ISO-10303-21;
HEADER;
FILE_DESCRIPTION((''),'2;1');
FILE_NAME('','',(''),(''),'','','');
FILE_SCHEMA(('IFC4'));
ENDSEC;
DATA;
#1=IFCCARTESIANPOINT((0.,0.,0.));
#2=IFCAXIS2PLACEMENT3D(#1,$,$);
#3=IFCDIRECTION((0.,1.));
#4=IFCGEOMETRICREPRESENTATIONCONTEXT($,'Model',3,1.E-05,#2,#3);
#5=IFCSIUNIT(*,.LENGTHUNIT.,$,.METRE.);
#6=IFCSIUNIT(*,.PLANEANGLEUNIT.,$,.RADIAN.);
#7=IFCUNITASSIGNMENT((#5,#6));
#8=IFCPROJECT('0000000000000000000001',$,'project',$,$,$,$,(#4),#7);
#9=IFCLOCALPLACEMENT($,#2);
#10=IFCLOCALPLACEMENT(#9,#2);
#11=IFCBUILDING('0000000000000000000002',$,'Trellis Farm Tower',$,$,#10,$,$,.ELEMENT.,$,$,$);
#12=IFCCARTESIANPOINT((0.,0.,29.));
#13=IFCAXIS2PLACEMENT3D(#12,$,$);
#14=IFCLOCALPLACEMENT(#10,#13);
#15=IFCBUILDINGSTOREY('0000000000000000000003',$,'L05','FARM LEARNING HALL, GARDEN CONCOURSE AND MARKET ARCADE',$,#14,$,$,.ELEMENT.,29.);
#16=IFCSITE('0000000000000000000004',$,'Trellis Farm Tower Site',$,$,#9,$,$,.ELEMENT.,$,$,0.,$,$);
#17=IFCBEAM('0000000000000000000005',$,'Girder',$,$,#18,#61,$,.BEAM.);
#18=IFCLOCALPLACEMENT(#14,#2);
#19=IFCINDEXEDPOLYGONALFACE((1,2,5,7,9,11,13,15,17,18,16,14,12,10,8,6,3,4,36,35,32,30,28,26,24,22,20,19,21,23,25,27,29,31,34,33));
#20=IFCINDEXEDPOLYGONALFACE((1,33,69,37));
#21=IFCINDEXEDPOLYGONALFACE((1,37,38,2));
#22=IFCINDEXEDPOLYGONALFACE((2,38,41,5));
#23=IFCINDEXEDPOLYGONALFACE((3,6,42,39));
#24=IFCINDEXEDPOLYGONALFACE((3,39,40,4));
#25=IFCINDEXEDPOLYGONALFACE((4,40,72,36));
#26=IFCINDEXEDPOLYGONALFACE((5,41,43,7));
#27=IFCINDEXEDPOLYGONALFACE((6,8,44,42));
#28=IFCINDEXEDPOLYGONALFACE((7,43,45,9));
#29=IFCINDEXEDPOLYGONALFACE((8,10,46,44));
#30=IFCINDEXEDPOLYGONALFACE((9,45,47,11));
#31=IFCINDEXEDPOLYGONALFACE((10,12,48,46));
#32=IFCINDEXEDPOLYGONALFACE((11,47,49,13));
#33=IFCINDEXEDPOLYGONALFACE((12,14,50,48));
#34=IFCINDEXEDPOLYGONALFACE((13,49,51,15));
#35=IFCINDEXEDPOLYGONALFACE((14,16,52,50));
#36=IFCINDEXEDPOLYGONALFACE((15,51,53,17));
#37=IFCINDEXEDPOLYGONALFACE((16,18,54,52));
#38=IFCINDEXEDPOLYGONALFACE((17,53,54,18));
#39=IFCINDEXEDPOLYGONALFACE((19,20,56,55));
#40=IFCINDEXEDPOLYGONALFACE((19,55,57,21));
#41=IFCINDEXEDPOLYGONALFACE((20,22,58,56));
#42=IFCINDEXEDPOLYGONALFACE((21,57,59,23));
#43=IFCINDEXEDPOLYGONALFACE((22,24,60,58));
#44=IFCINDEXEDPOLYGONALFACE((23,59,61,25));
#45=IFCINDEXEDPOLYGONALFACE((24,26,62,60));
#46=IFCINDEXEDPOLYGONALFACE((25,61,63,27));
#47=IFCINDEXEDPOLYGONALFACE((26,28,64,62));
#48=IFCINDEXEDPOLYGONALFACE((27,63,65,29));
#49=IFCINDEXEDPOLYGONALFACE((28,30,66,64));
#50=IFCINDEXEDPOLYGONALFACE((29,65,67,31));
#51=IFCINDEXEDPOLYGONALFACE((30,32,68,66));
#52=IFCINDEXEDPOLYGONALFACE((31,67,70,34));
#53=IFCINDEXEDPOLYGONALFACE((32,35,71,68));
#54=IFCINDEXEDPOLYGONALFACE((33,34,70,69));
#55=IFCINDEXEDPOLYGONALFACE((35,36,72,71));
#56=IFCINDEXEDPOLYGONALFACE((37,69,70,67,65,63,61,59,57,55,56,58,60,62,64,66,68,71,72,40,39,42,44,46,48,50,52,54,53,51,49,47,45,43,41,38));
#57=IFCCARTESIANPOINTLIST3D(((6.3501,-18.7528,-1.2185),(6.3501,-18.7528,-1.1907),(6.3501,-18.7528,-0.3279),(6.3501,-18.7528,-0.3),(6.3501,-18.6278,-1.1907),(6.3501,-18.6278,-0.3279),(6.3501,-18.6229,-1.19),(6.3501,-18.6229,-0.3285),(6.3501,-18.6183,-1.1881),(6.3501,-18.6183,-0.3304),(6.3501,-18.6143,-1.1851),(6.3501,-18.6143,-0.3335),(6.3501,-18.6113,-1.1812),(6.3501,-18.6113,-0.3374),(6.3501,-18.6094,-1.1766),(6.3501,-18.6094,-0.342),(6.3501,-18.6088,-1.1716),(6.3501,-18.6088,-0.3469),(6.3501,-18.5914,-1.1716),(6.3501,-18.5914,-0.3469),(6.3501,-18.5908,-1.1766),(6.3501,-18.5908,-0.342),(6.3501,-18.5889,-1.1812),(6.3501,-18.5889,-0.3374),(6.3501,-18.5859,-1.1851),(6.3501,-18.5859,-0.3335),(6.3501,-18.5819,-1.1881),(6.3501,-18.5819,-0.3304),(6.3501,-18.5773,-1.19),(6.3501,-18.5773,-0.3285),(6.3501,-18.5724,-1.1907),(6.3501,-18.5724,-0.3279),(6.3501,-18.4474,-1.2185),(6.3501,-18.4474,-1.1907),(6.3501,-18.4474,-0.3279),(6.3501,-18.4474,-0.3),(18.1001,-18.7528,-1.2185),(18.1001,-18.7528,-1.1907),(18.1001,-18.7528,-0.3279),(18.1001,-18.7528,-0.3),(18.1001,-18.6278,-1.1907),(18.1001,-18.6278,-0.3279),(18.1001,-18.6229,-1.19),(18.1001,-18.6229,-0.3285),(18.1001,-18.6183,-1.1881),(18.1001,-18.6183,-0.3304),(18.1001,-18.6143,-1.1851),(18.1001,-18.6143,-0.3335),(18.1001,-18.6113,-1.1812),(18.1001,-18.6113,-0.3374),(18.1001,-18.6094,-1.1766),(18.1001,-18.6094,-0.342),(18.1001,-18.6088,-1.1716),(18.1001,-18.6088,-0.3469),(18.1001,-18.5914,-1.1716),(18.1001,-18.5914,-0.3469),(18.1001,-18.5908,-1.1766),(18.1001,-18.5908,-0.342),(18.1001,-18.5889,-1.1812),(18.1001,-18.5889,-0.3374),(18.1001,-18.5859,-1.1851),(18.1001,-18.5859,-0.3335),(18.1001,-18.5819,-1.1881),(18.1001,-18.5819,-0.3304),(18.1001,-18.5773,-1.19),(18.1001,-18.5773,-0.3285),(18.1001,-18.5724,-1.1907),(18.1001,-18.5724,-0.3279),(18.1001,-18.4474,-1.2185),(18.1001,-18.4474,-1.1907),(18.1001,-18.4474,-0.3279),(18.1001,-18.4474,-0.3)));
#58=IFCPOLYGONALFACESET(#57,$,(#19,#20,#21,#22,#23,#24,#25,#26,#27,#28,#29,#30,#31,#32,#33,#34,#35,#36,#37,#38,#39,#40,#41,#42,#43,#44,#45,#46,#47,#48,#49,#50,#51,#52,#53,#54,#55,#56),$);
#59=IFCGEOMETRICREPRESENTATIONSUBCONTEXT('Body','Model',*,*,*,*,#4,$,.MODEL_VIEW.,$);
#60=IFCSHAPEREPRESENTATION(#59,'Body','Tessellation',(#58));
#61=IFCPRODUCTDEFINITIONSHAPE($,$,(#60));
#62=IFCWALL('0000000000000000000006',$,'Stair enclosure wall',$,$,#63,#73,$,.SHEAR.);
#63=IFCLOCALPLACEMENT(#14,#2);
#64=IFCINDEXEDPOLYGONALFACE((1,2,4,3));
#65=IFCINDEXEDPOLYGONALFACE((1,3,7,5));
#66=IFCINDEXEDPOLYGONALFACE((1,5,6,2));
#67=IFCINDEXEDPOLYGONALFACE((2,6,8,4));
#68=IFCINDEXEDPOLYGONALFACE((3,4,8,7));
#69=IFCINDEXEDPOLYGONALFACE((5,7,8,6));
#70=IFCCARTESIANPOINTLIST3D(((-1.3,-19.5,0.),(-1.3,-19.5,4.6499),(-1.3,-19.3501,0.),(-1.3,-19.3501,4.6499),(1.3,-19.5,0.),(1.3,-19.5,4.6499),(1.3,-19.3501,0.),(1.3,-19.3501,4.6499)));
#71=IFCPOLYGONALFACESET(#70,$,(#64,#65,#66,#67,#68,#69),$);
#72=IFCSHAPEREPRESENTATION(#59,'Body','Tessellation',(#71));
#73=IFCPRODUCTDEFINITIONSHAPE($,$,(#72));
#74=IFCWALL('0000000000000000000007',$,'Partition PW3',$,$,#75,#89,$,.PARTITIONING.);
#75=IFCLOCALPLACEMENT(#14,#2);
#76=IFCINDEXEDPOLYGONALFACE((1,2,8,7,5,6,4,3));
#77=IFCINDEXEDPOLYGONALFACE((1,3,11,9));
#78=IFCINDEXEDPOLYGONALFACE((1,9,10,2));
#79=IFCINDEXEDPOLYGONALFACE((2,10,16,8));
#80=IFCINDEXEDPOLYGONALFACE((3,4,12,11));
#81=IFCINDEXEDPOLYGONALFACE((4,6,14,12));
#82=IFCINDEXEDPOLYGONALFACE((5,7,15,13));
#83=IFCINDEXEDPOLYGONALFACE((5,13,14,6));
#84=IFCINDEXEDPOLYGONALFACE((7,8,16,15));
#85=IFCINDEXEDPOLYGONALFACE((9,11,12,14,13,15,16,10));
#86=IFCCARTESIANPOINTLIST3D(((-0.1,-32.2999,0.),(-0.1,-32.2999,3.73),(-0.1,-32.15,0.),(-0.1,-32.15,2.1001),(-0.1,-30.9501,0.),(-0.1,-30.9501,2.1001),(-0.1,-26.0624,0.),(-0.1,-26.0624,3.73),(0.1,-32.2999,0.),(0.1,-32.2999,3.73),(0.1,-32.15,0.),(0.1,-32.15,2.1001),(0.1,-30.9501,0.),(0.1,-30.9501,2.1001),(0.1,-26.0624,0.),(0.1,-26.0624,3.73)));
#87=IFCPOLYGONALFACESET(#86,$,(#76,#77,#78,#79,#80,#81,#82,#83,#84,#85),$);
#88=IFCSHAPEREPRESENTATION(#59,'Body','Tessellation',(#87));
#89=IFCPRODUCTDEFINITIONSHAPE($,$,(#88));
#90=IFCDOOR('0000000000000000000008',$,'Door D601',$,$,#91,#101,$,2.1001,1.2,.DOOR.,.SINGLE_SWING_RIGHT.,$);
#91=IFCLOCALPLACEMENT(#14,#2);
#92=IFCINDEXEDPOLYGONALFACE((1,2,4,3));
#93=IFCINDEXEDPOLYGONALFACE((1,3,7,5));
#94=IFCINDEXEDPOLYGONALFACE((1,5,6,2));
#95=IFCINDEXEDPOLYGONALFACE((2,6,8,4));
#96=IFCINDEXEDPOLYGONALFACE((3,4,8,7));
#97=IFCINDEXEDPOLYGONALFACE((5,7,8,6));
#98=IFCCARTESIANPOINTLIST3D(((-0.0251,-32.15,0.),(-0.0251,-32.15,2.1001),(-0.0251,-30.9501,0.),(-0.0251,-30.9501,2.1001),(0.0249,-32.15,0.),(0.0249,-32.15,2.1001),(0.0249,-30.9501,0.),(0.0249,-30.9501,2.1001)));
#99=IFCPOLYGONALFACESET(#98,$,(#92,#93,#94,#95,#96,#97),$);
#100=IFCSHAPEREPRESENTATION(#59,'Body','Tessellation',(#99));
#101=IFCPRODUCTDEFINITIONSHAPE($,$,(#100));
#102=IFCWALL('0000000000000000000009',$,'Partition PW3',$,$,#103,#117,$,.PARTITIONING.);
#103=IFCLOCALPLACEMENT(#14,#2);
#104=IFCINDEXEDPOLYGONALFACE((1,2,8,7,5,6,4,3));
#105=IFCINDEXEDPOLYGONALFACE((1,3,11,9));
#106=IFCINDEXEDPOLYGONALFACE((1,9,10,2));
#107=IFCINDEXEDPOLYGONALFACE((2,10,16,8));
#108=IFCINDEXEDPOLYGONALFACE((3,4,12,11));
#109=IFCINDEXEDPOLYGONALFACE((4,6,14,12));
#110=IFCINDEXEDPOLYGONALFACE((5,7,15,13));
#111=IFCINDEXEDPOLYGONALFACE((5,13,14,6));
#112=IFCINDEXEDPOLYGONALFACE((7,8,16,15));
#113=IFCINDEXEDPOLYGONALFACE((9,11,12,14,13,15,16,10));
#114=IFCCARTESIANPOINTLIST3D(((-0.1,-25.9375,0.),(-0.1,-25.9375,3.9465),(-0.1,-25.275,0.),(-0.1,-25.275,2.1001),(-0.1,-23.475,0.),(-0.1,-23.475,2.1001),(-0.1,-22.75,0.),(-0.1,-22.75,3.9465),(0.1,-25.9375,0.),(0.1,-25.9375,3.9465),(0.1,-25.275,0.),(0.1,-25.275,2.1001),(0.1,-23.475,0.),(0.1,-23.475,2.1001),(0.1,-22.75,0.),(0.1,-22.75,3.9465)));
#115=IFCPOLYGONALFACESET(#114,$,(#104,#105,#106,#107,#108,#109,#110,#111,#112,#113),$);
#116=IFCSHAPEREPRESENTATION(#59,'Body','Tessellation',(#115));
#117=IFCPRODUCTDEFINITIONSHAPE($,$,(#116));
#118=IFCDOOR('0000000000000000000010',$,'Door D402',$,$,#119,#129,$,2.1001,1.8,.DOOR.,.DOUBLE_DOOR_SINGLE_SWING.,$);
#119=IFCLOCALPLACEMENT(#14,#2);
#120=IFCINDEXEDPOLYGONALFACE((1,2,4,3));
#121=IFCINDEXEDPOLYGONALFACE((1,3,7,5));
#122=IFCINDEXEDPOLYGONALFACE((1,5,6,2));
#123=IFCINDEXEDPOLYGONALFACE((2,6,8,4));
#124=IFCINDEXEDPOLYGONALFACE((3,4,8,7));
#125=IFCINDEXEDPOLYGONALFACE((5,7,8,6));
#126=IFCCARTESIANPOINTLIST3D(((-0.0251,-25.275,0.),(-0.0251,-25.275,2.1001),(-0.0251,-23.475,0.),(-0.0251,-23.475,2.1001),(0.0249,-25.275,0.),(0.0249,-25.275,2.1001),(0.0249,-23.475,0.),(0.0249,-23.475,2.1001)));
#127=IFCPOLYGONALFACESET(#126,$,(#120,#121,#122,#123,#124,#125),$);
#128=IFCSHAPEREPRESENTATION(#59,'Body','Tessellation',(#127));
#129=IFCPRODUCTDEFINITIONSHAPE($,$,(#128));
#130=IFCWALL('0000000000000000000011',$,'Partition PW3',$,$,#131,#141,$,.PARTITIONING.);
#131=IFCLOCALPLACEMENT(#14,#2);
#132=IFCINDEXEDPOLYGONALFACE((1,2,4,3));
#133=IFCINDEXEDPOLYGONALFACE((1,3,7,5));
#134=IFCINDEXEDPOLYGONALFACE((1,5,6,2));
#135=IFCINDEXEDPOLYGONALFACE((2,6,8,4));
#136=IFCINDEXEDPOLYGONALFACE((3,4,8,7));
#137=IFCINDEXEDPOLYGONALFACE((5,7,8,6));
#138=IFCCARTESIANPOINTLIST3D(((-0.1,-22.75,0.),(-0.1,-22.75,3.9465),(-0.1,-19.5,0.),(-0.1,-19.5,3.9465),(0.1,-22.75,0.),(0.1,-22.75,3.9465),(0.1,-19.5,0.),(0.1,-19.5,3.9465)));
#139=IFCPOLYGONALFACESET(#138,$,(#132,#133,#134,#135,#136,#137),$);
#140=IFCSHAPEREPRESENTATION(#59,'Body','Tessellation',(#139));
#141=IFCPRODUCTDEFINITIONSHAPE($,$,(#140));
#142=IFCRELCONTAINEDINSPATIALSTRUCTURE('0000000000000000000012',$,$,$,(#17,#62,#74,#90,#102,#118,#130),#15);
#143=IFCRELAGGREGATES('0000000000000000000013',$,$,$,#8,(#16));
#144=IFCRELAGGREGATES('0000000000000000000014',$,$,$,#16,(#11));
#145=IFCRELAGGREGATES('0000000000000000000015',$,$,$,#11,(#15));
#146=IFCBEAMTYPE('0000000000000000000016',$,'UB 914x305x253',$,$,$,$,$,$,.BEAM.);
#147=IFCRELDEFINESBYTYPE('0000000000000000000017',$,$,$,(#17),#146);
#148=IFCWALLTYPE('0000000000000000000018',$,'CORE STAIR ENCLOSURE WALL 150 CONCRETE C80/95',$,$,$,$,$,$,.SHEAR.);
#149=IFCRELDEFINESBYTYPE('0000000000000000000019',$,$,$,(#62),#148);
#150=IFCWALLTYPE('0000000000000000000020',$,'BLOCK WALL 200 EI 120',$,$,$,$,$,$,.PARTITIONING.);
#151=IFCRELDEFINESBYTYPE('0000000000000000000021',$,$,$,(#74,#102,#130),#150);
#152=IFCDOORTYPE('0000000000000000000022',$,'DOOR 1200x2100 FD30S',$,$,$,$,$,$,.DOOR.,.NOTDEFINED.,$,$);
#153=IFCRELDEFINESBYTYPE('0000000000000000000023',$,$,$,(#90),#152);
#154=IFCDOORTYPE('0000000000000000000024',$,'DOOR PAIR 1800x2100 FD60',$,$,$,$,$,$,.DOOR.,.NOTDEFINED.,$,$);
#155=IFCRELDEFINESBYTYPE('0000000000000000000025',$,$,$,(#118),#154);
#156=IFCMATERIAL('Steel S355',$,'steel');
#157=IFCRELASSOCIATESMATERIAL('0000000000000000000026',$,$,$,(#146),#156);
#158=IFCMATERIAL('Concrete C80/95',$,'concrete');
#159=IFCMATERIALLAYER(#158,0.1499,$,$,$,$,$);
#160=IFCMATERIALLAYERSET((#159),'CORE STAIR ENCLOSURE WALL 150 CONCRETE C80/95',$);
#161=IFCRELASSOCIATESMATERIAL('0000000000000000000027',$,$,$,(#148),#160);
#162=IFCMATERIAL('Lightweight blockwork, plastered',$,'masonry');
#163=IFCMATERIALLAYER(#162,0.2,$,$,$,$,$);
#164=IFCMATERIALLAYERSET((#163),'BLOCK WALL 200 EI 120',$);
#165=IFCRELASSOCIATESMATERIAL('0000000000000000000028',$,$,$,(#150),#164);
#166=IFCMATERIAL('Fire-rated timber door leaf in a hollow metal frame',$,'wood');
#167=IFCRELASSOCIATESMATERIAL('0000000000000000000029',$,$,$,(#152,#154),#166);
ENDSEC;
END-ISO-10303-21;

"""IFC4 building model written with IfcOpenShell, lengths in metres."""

from ifc_helpers import new_model, si_unit, direction, frame, frame_2d, origin, origin_2d, place, context, subcontext, project, spatial, rectangle, i_section, extrude, source, transform, mapped, material, layer, layer_set, material_profile, profile_set, type_object, element, fill, save


model = new_model("IFC4")

# Units and contexts
model_context = context("Model", 3, precision=1e-05, world=origin(), true_north=direction((0.0, 1.0)))
body_context = subcontext(model_context, "Body", "Model", "MODEL_VIEW")
ifc_project = project(units=[si_unit("LENGTHUNIT", "METRE"), si_unit("PLANEANGLEUNIT", "RADIAN")], contexts=[model_context])

# Site, building, storey
site_placement = place(None, origin())
site = spatial("IfcSite", under=ifc_project, at=site_placement, Name="Trellis Farm Tower Site", CompositionType="ELEMENT", RefElevation=0.0)
building_placement = place(site_placement, origin())
building = spatial("IfcBuilding", under=site, at=building_placement, Name="Trellis Farm Tower", CompositionType="ELEMENT")
storey_placement = place(building_placement, frame((0.0, 0.0, 29.0)))
storey = spatial("IfcBuildingStorey", under=building, at=storey_placement, Name="L05", Description="FARM LEARNING HALL, GARDEN CONCOURSE AND MARKET ARCADE", CompositionType="ELEMENT", Elevation=29.0)

# Shared definitions
ifc_material_1 = material(Name="Concrete C80/95", Category="concrete")

# Beam
ifc_material_2 = material(Name="Steel S355", Category="steel")
ifc_material_profile_1 = material_profile(ifc_material_2, i_section(OverallWidth=0.3054, OverallDepth=0.9185, WebThickness=0.0173, FlangeThickness=0.0278, FilletRadius=0.019, at=origin_2d()), Name="UB 914x305x253")
ifc_profile_set_1 = profile_set([ifc_material_profile_1], Name="Steel S355")
beam_type_1 = type_object("IfcBeamType", Name="UB 914x305x253", PredefinedType="BEAM", material=ifc_profile_set_1)
shared_shape_1 = source(origin(), body_context, "Body", "SweptSolid", [
    extrude(i_section(OverallWidth=0.3054, OverallDepth=0.9185, WebThickness=0.0173, FlangeThickness=0.0278, FilletRadius=0.019, at=origin_2d()), origin(), (0.0, 0.0, 1.0), 11.75),
])
for number, where, z_axis, x_axis, name in (
    (1, (6.3501, -18.6001, -0.7593), (1.0, 0.0, 0.0), (0.0, 1.0, 0.0), "Girder"),
):
    element("IfcBeam", number, at=place(storey_placement, frame(where, z_axis=z_axis, x_axis=x_axis)), inside=storey, type_object=beam_type_1, Name=name, PredefinedType="BEAM", context=body_context, shape_type="MappedRepresentation", body=[
        mapped(shared_shape_1, transform((0.0, 0.0, 0.0))),
    ])

# Wall
ifc_layer_1 = layer(ifc_material_1, 0.1499)
ifc_layer_set_1 = layer_set([ifc_layer_1], Name="CORE STAIR ENCLOSURE WALL 150 CONCRETE C80/95")
wall_type_1 = type_object("IfcWallType", Name="CORE STAIR ENCLOSURE WALL 150 CONCRETE C80/95", PredefinedType="SHEAR", material=ifc_layer_set_1)
shared_shape_2 = source(origin(), body_context, "Body", "SweptSolid", [
    extrude(rectangle(XDim=2.6001, YDim=0.1499, at=frame_2d((1.3, 0.0))), origin(), (0.0, 0.0, 1.0), 4.6499),
])
wall_1_placement = place(storey_placement, frame((1.3, -19.425, 0.0), z_axis=(0.0, 0.0, 1.0), x_axis=(-1.0, 0.0, 0.0)))
element("IfcWall", 2, at=wall_1_placement, inside=storey, type_object=wall_type_1, Name="Stair enclosure wall", PredefinedType="SHEAR", context=body_context, shape_type="MappedRepresentation", body=[
    mapped(shared_shape_2, transform((0.0, 0.0, 0.0))),
])

# Walls, openings, doors
ifc_material_3 = material(Name="Lightweight blockwork, plastered", Category="masonry")
ifc_layer_2 = layer(ifc_material_3, 0.2)
ifc_layer_set_2 = layer_set([ifc_layer_2], Name="BLOCK WALL 200 EI 120")
wall_type_2 = type_object("IfcWallType", Name="BLOCK WALL 200 EI 120", PredefinedType="PARTITIONING", material=ifc_layer_set_2)
shared_shape_3 = source(origin(), body_context, "Body", "SweptSolid", [
    extrude(rectangle(XDim=6.2375, YDim=0.2, at=frame_2d((3.1187, 0.0))), origin(), (0.0, 0.0, 1.0), 3.73),
])
wall_2_placement = place(storey_placement, frame((0.0, -26.0625, 0.0), z_axis=(0.0, 0.0, 1.0), x_axis=(0.0, -1.0, 0.0)))
wall_2 = element("IfcWall", 3, at=wall_2_placement, inside=storey, type_object=wall_type_2, Name="Partition PW3", PredefinedType="PARTITIONING", context=body_context, shape_type="MappedRepresentation", body=[
    mapped(shared_shape_3, transform((0.0, 0.0, 0.0))),
])
shared_shape_4 = source(origin(), body_context, "Body", "SweptSolid", [
    extrude(rectangle(XDim=1.2, YDim=2.1001, at=frame_2d((0.6001, 1.05))), frame((0.0, 0.1101, 0.0), z_axis=(0.0, -1.0, 0.0), x_axis=(1.0, 0.0, 0.0)), (0.0, 0.0, 1.0), 0.2202),
])
opening_1_placement = place(wall_2_placement, frame((4.8875, 0.0, 0.0)))
opening_1 = element("IfcOpeningElement", 4, at=opening_1_placement, cuts=wall_2, PredefinedType="OPENING", context=body_context, shape_type="MappedRepresentation", body=[
    mapped(shared_shape_4, transform((0.0, 0.0, 0.0))),
])
ifc_material_4 = material(Name="Fire-rated timber door leaf in a hollow metal frame", Category="wood")
door_type_1 = type_object("IfcDoorType", Name="DOOR 1200x2100 FD30S", OperationType="NOTDEFINED", PredefinedType="DOOR", material=ifc_material_4)
shared_shape_5 = source(origin(), body_context, "Body", "SweptSolid", [
    extrude(rectangle(XDim=1.2, YDim=2.1001, at=frame_2d((0.6001, 1.05))), frame((0.0, 0.0249, 0.0), z_axis=(0.0, -1.0, 0.0), x_axis=(1.0, 0.0, 0.0)), (0.0, 0.0, 1.0), 0.05),
])
door_1_placement = place(opening_1_placement, origin())
door_1 = element("IfcDoor", 5, at=door_1_placement, inside=storey, type_object=door_type_1, Name="Door D601", OperationType="SINGLE_SWING_RIGHT", OverallHeight=2.1001, OverallWidth=1.2, PredefinedType="DOOR", context=body_context, shape_type="MappedRepresentation", body=[
    mapped(shared_shape_5, transform((0.0, 0.0, 0.0))),
])
fill(opening_1, door_1)
shared_shape_6 = source(origin(), body_context, "Body", "SweptSolid", [
    extrude(rectangle(XDim=3.1875, YDim=0.2, at=frame_2d((1.5938, 0.0))), origin(), (0.0, 0.0, 1.0), 3.9465),
])
wall_3_placement = place(storey_placement, frame((0.0, -22.75, 0.0), z_axis=(0.0, 0.0, 1.0), x_axis=(0.0, -1.0, 0.0)))
wall_3 = element("IfcWall", 6, at=wall_3_placement, inside=storey, type_object=wall_type_2, Name="Partition PW3", PredefinedType="PARTITIONING", context=body_context, shape_type="MappedRepresentation", body=[
    mapped(shared_shape_6, transform((0.0, 0.0, 0.0))),
])
shared_shape_7 = source(origin(), body_context, "Body", "SweptSolid", [
    extrude(rectangle(XDim=1.8, YDim=2.1001, at=frame_2d((0.8999, 1.05))), frame((0.0, 0.1101, 0.0), z_axis=(0.0, -1.0, 0.0), x_axis=(1.0, 0.0, 0.0)), (0.0, 0.0, 1.0), 0.2202),
])
opening_2_placement = place(wall_3_placement, frame((0.7251, 0.0, 0.0)))
opening_2 = element("IfcOpeningElement", 7, at=opening_2_placement, cuts=wall_3, PredefinedType="OPENING", context=body_context, shape_type="MappedRepresentation", body=[
    mapped(shared_shape_7, transform((0.0, 0.0, 0.0))),
])
door_type_2 = type_object("IfcDoorType", Name="DOOR PAIR 1800x2100 FD60", OperationType="NOTDEFINED", PredefinedType="DOOR", material=ifc_material_4)
shared_shape_8 = source(origin(), body_context, "Body", "SweptSolid", [
    extrude(rectangle(XDim=1.8, YDim=2.1001, at=frame_2d((0.8999, 1.05))), frame((0.0, 0.0249, 0.0), z_axis=(0.0, -1.0, 0.0), x_axis=(1.0, 0.0, 0.0)), (0.0, 0.0, 1.0), 0.05),
])
door_2_placement = place(opening_2_placement, origin())
door_2 = element("IfcDoor", 8, at=door_2_placement, inside=storey, type_object=door_type_2, Name="Door D402", OperationType="DOUBLE_DOOR_SINGLE_SWING", OverallHeight=2.1001, OverallWidth=1.8, PredefinedType="DOOR", context=body_context, shape_type="MappedRepresentation", body=[
    mapped(shared_shape_8, transform((0.0, 0.0, 0.0))),
])
fill(opening_2, door_2)

# Wall
shared_shape_9 = source(origin(), body_context, "Body", "SweptSolid", [
    extrude(rectangle(XDim=3.25, YDim=0.2, at=frame_2d((1.625, 0.0))), origin(), (0.0, 0.0, 1.0), 3.9465),
])
wall_4_placement = place(storey_placement, frame((0.0, -22.75, 0.0), z_axis=(0.0, 0.0, 1.0), x_axis=(0.0, 1.0, 0.0)))
element("IfcWall", 9, at=wall_4_placement, inside=storey, type_object=wall_type_2, Name="Partition PW3", PredefinedType="PARTITIONING", context=body_context, shape_type="MappedRepresentation", body=[
    mapped(shared_shape_9, transform((0.0, 0.0, 0.0))),
])

save(model, "model.ifc")
